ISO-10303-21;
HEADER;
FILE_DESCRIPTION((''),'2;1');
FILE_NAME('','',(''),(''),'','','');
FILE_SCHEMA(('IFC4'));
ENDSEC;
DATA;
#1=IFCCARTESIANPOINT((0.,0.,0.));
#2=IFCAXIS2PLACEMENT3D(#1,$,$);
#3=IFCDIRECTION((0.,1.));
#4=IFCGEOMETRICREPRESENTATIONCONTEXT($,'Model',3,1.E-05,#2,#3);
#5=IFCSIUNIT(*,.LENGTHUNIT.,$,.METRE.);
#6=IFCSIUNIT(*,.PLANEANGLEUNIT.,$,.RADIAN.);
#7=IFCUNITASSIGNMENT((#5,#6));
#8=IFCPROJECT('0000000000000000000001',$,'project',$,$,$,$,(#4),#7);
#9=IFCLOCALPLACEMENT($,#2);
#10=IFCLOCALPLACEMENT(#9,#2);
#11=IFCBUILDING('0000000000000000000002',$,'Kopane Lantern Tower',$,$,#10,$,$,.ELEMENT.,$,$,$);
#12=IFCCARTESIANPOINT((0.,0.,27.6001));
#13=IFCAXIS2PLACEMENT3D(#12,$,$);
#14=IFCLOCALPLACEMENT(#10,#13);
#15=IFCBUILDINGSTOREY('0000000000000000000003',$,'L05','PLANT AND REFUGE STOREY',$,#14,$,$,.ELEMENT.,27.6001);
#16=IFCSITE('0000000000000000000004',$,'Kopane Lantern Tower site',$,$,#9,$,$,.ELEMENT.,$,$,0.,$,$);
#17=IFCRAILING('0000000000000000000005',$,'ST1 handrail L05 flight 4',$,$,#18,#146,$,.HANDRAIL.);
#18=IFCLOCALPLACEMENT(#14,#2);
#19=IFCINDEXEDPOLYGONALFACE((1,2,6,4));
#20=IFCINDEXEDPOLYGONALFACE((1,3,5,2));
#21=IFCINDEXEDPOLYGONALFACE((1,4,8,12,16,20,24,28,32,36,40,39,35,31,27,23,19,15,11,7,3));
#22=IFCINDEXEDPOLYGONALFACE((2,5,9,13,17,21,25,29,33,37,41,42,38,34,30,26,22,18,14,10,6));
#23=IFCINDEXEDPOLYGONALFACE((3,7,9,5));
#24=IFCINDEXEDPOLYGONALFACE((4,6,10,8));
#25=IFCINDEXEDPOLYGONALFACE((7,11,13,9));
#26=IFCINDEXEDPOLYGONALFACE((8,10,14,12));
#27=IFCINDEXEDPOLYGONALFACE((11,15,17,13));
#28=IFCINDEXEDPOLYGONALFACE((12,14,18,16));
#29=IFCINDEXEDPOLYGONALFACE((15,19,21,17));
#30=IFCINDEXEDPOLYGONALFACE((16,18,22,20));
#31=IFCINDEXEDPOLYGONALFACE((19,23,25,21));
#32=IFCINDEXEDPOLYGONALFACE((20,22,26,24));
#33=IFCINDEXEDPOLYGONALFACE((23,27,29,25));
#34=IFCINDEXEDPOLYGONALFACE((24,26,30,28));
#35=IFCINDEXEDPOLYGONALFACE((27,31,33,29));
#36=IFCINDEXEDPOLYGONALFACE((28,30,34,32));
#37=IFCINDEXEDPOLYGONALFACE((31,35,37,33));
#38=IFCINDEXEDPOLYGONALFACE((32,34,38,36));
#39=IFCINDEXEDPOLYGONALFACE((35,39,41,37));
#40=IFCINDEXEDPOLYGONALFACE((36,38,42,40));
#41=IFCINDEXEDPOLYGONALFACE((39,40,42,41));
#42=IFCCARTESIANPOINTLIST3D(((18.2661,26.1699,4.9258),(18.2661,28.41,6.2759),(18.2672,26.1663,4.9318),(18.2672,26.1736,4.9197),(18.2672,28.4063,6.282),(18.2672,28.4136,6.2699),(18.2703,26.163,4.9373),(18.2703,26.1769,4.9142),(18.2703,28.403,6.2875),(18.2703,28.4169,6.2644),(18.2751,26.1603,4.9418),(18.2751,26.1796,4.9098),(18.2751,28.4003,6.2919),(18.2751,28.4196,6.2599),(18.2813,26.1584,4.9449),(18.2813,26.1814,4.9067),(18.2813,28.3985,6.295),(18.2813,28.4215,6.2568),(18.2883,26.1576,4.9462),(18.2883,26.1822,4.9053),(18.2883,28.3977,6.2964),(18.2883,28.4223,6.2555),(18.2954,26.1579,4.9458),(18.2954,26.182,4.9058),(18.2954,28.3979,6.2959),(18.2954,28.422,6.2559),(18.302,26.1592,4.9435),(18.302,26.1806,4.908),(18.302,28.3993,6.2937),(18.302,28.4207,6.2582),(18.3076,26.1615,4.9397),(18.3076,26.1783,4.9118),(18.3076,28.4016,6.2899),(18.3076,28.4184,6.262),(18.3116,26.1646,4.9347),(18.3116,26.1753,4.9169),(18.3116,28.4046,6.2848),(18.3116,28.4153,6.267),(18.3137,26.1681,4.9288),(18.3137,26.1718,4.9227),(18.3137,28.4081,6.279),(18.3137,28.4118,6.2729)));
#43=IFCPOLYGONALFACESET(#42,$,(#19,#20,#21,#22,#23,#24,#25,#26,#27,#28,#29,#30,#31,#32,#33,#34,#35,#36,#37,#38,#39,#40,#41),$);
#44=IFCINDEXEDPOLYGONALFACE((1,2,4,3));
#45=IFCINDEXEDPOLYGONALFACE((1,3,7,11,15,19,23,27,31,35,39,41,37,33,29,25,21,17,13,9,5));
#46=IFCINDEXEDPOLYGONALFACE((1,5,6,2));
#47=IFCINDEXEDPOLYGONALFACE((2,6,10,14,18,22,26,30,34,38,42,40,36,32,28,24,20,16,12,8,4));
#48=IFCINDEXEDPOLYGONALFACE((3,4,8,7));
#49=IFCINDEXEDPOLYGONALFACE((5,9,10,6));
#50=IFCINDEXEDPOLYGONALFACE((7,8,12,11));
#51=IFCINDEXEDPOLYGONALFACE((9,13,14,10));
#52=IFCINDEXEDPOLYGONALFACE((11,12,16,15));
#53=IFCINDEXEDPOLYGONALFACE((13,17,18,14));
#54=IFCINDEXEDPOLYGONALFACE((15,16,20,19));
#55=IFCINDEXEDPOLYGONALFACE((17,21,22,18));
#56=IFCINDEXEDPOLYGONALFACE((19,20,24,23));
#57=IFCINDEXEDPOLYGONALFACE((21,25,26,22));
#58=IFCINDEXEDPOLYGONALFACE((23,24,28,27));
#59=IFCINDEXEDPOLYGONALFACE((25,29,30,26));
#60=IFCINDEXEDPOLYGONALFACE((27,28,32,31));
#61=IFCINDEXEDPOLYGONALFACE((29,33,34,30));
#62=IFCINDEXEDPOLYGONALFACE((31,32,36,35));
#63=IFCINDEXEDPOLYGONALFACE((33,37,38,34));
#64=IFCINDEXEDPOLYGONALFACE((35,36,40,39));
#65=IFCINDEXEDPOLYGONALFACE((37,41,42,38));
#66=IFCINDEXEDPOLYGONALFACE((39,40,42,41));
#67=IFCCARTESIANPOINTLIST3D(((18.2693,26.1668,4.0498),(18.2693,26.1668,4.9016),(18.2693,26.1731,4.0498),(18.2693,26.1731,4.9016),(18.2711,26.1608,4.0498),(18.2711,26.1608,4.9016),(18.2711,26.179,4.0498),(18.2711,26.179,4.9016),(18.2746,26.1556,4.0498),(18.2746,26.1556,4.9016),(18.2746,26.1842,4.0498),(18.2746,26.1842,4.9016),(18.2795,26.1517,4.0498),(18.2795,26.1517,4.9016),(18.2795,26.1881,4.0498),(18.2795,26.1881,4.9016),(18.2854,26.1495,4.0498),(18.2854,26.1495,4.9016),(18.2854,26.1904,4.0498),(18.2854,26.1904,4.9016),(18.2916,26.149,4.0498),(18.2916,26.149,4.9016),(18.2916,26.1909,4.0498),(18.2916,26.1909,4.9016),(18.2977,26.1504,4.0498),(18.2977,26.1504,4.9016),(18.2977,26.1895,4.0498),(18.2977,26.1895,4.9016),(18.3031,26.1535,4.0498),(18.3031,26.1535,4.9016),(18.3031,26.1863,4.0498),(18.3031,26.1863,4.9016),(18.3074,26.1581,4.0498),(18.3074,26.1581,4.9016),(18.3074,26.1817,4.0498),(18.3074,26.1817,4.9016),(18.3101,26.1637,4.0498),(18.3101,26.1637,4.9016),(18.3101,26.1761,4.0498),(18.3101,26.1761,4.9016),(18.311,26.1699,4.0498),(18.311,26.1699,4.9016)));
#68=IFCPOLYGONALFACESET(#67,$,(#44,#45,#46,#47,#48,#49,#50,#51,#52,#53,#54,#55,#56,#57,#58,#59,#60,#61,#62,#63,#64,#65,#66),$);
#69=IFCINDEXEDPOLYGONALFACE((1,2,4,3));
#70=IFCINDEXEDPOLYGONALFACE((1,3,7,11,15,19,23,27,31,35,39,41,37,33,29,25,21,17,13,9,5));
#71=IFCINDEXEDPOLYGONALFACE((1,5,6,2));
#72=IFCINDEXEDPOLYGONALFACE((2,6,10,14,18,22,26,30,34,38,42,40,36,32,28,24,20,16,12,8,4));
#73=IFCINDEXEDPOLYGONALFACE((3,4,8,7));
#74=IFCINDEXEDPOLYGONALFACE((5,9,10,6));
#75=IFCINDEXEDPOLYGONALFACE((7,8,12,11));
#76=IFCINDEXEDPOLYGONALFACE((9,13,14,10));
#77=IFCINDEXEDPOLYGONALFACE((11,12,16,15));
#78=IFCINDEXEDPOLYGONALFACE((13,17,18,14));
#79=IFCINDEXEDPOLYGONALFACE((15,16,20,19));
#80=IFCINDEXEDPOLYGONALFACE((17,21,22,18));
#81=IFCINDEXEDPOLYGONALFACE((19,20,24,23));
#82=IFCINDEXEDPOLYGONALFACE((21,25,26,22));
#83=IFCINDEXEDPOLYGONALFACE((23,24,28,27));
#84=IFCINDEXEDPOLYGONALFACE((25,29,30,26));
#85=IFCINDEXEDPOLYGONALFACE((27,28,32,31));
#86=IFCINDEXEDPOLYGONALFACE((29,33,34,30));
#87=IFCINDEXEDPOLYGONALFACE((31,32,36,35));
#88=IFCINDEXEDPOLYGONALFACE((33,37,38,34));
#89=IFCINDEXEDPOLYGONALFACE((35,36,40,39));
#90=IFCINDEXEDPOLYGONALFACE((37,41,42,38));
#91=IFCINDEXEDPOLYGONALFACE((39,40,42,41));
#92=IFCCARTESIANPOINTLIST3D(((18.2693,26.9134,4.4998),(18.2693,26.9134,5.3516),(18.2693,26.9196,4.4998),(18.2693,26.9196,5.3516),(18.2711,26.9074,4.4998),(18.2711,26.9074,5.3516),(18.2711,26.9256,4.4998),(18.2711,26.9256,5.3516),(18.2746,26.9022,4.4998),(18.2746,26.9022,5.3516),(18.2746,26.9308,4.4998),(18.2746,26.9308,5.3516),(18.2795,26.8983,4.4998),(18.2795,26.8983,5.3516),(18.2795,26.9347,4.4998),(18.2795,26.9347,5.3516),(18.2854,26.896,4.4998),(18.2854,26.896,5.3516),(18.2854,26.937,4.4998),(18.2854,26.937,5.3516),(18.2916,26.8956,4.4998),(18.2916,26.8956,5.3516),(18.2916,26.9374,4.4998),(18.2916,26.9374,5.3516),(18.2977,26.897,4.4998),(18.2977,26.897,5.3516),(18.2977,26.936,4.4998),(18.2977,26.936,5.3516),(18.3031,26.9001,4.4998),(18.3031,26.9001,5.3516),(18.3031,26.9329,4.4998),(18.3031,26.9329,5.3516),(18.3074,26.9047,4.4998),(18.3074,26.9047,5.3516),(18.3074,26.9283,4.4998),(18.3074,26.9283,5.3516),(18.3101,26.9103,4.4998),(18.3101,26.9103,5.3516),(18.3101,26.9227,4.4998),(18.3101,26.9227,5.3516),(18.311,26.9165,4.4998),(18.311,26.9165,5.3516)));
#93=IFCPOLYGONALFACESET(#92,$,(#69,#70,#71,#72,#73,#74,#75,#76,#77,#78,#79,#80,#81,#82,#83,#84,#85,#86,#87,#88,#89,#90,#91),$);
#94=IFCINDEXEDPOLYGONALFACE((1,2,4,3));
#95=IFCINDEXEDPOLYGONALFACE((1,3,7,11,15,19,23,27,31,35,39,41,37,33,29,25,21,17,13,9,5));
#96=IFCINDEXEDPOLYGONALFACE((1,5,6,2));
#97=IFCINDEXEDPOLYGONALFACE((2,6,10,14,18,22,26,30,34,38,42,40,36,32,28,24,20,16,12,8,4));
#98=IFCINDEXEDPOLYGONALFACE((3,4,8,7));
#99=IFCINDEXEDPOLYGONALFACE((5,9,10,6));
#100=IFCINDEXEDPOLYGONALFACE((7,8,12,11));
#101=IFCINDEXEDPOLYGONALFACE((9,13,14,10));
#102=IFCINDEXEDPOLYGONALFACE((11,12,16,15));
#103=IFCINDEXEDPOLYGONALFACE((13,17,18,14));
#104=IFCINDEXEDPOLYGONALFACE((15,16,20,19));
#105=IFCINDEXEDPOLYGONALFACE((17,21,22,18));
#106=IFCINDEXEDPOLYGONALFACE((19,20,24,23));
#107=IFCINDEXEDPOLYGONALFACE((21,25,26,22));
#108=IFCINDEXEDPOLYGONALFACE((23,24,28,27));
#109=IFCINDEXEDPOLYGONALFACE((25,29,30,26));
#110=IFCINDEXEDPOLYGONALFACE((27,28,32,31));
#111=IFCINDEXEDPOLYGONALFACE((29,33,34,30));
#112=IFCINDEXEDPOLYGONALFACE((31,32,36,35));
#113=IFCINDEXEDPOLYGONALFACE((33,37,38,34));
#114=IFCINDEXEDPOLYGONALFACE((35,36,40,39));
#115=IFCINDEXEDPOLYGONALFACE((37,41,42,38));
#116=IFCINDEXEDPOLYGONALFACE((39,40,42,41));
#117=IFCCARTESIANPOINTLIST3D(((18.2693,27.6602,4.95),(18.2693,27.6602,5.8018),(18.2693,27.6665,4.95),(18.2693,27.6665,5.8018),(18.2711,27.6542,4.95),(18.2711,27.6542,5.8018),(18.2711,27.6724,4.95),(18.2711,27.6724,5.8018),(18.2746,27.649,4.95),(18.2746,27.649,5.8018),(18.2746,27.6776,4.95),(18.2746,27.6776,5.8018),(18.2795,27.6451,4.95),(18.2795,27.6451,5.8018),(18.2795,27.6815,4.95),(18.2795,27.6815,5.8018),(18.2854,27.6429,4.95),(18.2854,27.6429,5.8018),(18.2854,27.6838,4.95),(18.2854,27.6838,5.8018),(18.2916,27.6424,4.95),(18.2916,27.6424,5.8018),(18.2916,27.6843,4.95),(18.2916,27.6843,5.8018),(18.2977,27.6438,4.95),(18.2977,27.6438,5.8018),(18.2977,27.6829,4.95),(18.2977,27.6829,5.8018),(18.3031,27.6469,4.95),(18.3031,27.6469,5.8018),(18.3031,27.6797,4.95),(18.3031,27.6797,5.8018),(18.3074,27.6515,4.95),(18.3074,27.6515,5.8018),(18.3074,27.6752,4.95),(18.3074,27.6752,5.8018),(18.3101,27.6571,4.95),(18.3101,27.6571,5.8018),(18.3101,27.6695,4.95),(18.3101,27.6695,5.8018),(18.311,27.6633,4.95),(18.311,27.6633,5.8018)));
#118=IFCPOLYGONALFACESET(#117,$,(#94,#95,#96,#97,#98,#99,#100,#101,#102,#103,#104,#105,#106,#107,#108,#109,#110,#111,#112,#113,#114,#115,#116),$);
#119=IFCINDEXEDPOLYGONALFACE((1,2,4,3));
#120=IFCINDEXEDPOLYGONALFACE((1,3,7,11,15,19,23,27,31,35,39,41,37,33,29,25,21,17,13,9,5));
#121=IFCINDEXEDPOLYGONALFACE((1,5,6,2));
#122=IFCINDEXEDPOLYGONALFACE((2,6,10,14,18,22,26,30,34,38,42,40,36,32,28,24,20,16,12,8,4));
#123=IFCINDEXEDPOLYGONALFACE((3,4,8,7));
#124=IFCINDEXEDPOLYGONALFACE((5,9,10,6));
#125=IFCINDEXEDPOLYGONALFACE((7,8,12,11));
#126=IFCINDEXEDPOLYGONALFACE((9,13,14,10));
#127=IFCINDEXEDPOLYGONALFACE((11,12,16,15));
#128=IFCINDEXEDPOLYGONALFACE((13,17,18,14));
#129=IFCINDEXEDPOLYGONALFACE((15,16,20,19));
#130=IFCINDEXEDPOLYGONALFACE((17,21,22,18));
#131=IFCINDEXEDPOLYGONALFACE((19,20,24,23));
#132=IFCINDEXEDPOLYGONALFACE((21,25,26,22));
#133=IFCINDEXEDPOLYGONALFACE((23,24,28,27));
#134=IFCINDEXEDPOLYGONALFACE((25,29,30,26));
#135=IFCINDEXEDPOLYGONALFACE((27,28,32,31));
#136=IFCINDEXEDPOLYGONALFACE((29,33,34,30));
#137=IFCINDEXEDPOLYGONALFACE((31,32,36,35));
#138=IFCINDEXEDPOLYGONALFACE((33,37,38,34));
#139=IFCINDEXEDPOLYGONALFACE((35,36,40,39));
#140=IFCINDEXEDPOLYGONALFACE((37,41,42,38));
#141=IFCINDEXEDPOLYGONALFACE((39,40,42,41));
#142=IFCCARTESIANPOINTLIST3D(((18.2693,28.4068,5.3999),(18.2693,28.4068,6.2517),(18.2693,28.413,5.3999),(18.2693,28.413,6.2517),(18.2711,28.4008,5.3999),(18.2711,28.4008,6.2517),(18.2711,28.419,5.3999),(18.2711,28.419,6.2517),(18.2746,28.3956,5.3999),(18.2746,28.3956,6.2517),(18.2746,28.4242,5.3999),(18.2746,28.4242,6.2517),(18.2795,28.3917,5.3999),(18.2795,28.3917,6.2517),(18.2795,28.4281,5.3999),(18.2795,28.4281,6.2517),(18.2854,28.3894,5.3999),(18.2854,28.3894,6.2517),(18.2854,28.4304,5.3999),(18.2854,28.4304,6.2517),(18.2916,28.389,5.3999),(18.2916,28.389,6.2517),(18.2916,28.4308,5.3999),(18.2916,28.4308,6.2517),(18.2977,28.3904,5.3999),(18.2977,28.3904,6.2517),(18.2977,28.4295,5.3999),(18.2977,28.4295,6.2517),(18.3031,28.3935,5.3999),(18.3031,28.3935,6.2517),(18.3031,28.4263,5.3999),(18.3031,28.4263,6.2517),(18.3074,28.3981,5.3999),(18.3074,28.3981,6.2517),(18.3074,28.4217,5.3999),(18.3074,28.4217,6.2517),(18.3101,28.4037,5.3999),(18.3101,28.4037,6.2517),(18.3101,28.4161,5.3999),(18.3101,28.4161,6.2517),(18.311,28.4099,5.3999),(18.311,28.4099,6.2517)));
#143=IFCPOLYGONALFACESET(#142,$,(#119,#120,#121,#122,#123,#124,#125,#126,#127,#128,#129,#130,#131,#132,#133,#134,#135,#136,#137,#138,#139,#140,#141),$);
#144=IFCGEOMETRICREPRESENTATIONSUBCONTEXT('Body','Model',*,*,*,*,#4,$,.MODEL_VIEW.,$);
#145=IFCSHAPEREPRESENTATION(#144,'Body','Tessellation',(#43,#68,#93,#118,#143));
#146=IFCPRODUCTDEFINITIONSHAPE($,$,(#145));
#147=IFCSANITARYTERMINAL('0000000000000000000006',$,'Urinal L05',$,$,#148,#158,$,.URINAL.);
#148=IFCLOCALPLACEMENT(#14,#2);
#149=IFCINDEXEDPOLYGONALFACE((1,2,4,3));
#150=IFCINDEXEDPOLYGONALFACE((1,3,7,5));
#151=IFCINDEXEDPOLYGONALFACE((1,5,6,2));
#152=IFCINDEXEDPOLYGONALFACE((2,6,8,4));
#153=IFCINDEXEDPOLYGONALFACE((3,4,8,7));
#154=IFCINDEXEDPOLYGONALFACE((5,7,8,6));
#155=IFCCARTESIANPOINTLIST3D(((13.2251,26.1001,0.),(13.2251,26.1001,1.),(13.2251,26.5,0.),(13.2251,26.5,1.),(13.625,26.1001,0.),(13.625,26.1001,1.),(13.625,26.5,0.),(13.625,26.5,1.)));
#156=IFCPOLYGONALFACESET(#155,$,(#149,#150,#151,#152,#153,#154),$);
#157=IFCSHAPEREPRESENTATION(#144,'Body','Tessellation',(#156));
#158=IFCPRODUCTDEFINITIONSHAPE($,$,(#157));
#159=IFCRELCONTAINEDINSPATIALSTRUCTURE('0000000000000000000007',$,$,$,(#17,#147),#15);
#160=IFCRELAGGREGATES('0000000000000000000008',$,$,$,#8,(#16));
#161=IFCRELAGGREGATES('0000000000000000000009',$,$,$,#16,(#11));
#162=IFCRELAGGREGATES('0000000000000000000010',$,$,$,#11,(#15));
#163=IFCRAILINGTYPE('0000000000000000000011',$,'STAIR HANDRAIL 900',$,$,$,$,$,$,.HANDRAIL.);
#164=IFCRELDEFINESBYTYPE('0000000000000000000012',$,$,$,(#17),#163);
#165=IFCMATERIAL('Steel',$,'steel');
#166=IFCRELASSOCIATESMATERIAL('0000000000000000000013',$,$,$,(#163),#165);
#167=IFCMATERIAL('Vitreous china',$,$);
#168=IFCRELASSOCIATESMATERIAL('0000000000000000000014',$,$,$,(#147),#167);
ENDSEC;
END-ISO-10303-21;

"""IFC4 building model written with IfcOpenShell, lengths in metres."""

from ifc_helpers import new_model, si_unit, direction, frame, origin, origin_2d, place, context, subcontext, project, spatial, rectangle, circle, extrude, material, type_object, element, save


model = new_model("IFC4")

# Units and contexts
model_context = context("Model", 3, precision=1e-05, world=origin(), true_north=direction((0.0, 1.0)))
body_context = subcontext(model_context, "Body", "Model", "MODEL_VIEW")
ifc_project = project(units=[si_unit("LENGTHUNIT", "METRE"), si_unit("PLANEANGLEUNIT", "RADIAN")], contexts=[model_context])

# Site, building, storey
site_placement = place(None, origin())
site = spatial("IfcSite", under=ifc_project, at=site_placement, Name="Kopane Lantern Tower site", CompositionType="ELEMENT", RefElevation=0.0)
building_placement = place(site_placement, origin())
building = spatial("IfcBuilding", under=site, at=building_placement, Name="Kopane Lantern Tower", CompositionType="ELEMENT")
storey_placement = place(building_placement, frame((0.0, 0.0, 27.6001)))
storey = spatial("IfcBuildingStorey", under=building, at=storey_placement, Name="L05", Description="PLANT AND REFUGE STOREY", CompositionType="ELEMENT", Elevation=27.6001)

# Railing
ifc_material_1 = material(Name="Steel", Category="steel")
railing_type_1 = type_object("IfcRailingType", Name="STAIR HANDRAIL 900", PredefinedType="HANDRAIL", material=ifc_material_1)
for number, where, name in (
    (1, (18.29, 26.1699, 4.0498), "ST1 handrail L05 flight 4"),
):
    element("IfcRailing", number, at=place(storey_placement, frame(where)), inside=storey, type_object=railing_type_1, Name=name, PredefinedType="HANDRAIL", context=body_context, shape_type="SweptSolid", body=[
        extrude(circle(Radius=0.0239, at=origin_2d()), frame((0.0, 0.0, 0.876), z_axis=(0.0, 0.856462, 0.516211), x_axis=(-1.0, 0.0, 0.0)), (0.0, 0.0, 1.0), 2.6155),
        extrude(circle(Radius=0.021, at=origin_2d()), origin(), (0.0, 0.0, 1.0), 0.8518),
        extrude(circle(Radius=0.021, at=origin_2d()), frame((0.0, 0.7466, 0.45)), (0.0, 0.0, 1.0), 0.8518),
        extrude(circle(Radius=0.021, at=origin_2d()), frame((0.0, 1.4934, 0.9001)), (0.0, 0.0, 1.0), 0.8518),
        extrude(circle(Radius=0.021, at=origin_2d()), frame((0.0, 2.24, 1.3501)), (0.0, 0.0, 1.0), 0.8518),
    ])

# Sanitary terminal
ifc_material_2 = material(Name="Vitreous china")
sanitary_terminal_placement = place(storey_placement, frame((13.425, 26.3, 0.0), z_axis=(0.0, 0.0, 1.0), x_axis=(1.0, 0.0, 0.0)))
element("IfcSanitaryTerminal", 2, at=sanitary_terminal_placement, inside=storey, material=ifc_material_2, Name="Urinal L05", PredefinedType="URINAL", context=body_context, shape_type="SweptSolid", body=[
    extrude(rectangle(XDim=0.3999, YDim=0.3999, at=origin_2d()), origin(), (0.0, 0.0, 1.0), 1.0),
])

save(model, "model.ifc")
